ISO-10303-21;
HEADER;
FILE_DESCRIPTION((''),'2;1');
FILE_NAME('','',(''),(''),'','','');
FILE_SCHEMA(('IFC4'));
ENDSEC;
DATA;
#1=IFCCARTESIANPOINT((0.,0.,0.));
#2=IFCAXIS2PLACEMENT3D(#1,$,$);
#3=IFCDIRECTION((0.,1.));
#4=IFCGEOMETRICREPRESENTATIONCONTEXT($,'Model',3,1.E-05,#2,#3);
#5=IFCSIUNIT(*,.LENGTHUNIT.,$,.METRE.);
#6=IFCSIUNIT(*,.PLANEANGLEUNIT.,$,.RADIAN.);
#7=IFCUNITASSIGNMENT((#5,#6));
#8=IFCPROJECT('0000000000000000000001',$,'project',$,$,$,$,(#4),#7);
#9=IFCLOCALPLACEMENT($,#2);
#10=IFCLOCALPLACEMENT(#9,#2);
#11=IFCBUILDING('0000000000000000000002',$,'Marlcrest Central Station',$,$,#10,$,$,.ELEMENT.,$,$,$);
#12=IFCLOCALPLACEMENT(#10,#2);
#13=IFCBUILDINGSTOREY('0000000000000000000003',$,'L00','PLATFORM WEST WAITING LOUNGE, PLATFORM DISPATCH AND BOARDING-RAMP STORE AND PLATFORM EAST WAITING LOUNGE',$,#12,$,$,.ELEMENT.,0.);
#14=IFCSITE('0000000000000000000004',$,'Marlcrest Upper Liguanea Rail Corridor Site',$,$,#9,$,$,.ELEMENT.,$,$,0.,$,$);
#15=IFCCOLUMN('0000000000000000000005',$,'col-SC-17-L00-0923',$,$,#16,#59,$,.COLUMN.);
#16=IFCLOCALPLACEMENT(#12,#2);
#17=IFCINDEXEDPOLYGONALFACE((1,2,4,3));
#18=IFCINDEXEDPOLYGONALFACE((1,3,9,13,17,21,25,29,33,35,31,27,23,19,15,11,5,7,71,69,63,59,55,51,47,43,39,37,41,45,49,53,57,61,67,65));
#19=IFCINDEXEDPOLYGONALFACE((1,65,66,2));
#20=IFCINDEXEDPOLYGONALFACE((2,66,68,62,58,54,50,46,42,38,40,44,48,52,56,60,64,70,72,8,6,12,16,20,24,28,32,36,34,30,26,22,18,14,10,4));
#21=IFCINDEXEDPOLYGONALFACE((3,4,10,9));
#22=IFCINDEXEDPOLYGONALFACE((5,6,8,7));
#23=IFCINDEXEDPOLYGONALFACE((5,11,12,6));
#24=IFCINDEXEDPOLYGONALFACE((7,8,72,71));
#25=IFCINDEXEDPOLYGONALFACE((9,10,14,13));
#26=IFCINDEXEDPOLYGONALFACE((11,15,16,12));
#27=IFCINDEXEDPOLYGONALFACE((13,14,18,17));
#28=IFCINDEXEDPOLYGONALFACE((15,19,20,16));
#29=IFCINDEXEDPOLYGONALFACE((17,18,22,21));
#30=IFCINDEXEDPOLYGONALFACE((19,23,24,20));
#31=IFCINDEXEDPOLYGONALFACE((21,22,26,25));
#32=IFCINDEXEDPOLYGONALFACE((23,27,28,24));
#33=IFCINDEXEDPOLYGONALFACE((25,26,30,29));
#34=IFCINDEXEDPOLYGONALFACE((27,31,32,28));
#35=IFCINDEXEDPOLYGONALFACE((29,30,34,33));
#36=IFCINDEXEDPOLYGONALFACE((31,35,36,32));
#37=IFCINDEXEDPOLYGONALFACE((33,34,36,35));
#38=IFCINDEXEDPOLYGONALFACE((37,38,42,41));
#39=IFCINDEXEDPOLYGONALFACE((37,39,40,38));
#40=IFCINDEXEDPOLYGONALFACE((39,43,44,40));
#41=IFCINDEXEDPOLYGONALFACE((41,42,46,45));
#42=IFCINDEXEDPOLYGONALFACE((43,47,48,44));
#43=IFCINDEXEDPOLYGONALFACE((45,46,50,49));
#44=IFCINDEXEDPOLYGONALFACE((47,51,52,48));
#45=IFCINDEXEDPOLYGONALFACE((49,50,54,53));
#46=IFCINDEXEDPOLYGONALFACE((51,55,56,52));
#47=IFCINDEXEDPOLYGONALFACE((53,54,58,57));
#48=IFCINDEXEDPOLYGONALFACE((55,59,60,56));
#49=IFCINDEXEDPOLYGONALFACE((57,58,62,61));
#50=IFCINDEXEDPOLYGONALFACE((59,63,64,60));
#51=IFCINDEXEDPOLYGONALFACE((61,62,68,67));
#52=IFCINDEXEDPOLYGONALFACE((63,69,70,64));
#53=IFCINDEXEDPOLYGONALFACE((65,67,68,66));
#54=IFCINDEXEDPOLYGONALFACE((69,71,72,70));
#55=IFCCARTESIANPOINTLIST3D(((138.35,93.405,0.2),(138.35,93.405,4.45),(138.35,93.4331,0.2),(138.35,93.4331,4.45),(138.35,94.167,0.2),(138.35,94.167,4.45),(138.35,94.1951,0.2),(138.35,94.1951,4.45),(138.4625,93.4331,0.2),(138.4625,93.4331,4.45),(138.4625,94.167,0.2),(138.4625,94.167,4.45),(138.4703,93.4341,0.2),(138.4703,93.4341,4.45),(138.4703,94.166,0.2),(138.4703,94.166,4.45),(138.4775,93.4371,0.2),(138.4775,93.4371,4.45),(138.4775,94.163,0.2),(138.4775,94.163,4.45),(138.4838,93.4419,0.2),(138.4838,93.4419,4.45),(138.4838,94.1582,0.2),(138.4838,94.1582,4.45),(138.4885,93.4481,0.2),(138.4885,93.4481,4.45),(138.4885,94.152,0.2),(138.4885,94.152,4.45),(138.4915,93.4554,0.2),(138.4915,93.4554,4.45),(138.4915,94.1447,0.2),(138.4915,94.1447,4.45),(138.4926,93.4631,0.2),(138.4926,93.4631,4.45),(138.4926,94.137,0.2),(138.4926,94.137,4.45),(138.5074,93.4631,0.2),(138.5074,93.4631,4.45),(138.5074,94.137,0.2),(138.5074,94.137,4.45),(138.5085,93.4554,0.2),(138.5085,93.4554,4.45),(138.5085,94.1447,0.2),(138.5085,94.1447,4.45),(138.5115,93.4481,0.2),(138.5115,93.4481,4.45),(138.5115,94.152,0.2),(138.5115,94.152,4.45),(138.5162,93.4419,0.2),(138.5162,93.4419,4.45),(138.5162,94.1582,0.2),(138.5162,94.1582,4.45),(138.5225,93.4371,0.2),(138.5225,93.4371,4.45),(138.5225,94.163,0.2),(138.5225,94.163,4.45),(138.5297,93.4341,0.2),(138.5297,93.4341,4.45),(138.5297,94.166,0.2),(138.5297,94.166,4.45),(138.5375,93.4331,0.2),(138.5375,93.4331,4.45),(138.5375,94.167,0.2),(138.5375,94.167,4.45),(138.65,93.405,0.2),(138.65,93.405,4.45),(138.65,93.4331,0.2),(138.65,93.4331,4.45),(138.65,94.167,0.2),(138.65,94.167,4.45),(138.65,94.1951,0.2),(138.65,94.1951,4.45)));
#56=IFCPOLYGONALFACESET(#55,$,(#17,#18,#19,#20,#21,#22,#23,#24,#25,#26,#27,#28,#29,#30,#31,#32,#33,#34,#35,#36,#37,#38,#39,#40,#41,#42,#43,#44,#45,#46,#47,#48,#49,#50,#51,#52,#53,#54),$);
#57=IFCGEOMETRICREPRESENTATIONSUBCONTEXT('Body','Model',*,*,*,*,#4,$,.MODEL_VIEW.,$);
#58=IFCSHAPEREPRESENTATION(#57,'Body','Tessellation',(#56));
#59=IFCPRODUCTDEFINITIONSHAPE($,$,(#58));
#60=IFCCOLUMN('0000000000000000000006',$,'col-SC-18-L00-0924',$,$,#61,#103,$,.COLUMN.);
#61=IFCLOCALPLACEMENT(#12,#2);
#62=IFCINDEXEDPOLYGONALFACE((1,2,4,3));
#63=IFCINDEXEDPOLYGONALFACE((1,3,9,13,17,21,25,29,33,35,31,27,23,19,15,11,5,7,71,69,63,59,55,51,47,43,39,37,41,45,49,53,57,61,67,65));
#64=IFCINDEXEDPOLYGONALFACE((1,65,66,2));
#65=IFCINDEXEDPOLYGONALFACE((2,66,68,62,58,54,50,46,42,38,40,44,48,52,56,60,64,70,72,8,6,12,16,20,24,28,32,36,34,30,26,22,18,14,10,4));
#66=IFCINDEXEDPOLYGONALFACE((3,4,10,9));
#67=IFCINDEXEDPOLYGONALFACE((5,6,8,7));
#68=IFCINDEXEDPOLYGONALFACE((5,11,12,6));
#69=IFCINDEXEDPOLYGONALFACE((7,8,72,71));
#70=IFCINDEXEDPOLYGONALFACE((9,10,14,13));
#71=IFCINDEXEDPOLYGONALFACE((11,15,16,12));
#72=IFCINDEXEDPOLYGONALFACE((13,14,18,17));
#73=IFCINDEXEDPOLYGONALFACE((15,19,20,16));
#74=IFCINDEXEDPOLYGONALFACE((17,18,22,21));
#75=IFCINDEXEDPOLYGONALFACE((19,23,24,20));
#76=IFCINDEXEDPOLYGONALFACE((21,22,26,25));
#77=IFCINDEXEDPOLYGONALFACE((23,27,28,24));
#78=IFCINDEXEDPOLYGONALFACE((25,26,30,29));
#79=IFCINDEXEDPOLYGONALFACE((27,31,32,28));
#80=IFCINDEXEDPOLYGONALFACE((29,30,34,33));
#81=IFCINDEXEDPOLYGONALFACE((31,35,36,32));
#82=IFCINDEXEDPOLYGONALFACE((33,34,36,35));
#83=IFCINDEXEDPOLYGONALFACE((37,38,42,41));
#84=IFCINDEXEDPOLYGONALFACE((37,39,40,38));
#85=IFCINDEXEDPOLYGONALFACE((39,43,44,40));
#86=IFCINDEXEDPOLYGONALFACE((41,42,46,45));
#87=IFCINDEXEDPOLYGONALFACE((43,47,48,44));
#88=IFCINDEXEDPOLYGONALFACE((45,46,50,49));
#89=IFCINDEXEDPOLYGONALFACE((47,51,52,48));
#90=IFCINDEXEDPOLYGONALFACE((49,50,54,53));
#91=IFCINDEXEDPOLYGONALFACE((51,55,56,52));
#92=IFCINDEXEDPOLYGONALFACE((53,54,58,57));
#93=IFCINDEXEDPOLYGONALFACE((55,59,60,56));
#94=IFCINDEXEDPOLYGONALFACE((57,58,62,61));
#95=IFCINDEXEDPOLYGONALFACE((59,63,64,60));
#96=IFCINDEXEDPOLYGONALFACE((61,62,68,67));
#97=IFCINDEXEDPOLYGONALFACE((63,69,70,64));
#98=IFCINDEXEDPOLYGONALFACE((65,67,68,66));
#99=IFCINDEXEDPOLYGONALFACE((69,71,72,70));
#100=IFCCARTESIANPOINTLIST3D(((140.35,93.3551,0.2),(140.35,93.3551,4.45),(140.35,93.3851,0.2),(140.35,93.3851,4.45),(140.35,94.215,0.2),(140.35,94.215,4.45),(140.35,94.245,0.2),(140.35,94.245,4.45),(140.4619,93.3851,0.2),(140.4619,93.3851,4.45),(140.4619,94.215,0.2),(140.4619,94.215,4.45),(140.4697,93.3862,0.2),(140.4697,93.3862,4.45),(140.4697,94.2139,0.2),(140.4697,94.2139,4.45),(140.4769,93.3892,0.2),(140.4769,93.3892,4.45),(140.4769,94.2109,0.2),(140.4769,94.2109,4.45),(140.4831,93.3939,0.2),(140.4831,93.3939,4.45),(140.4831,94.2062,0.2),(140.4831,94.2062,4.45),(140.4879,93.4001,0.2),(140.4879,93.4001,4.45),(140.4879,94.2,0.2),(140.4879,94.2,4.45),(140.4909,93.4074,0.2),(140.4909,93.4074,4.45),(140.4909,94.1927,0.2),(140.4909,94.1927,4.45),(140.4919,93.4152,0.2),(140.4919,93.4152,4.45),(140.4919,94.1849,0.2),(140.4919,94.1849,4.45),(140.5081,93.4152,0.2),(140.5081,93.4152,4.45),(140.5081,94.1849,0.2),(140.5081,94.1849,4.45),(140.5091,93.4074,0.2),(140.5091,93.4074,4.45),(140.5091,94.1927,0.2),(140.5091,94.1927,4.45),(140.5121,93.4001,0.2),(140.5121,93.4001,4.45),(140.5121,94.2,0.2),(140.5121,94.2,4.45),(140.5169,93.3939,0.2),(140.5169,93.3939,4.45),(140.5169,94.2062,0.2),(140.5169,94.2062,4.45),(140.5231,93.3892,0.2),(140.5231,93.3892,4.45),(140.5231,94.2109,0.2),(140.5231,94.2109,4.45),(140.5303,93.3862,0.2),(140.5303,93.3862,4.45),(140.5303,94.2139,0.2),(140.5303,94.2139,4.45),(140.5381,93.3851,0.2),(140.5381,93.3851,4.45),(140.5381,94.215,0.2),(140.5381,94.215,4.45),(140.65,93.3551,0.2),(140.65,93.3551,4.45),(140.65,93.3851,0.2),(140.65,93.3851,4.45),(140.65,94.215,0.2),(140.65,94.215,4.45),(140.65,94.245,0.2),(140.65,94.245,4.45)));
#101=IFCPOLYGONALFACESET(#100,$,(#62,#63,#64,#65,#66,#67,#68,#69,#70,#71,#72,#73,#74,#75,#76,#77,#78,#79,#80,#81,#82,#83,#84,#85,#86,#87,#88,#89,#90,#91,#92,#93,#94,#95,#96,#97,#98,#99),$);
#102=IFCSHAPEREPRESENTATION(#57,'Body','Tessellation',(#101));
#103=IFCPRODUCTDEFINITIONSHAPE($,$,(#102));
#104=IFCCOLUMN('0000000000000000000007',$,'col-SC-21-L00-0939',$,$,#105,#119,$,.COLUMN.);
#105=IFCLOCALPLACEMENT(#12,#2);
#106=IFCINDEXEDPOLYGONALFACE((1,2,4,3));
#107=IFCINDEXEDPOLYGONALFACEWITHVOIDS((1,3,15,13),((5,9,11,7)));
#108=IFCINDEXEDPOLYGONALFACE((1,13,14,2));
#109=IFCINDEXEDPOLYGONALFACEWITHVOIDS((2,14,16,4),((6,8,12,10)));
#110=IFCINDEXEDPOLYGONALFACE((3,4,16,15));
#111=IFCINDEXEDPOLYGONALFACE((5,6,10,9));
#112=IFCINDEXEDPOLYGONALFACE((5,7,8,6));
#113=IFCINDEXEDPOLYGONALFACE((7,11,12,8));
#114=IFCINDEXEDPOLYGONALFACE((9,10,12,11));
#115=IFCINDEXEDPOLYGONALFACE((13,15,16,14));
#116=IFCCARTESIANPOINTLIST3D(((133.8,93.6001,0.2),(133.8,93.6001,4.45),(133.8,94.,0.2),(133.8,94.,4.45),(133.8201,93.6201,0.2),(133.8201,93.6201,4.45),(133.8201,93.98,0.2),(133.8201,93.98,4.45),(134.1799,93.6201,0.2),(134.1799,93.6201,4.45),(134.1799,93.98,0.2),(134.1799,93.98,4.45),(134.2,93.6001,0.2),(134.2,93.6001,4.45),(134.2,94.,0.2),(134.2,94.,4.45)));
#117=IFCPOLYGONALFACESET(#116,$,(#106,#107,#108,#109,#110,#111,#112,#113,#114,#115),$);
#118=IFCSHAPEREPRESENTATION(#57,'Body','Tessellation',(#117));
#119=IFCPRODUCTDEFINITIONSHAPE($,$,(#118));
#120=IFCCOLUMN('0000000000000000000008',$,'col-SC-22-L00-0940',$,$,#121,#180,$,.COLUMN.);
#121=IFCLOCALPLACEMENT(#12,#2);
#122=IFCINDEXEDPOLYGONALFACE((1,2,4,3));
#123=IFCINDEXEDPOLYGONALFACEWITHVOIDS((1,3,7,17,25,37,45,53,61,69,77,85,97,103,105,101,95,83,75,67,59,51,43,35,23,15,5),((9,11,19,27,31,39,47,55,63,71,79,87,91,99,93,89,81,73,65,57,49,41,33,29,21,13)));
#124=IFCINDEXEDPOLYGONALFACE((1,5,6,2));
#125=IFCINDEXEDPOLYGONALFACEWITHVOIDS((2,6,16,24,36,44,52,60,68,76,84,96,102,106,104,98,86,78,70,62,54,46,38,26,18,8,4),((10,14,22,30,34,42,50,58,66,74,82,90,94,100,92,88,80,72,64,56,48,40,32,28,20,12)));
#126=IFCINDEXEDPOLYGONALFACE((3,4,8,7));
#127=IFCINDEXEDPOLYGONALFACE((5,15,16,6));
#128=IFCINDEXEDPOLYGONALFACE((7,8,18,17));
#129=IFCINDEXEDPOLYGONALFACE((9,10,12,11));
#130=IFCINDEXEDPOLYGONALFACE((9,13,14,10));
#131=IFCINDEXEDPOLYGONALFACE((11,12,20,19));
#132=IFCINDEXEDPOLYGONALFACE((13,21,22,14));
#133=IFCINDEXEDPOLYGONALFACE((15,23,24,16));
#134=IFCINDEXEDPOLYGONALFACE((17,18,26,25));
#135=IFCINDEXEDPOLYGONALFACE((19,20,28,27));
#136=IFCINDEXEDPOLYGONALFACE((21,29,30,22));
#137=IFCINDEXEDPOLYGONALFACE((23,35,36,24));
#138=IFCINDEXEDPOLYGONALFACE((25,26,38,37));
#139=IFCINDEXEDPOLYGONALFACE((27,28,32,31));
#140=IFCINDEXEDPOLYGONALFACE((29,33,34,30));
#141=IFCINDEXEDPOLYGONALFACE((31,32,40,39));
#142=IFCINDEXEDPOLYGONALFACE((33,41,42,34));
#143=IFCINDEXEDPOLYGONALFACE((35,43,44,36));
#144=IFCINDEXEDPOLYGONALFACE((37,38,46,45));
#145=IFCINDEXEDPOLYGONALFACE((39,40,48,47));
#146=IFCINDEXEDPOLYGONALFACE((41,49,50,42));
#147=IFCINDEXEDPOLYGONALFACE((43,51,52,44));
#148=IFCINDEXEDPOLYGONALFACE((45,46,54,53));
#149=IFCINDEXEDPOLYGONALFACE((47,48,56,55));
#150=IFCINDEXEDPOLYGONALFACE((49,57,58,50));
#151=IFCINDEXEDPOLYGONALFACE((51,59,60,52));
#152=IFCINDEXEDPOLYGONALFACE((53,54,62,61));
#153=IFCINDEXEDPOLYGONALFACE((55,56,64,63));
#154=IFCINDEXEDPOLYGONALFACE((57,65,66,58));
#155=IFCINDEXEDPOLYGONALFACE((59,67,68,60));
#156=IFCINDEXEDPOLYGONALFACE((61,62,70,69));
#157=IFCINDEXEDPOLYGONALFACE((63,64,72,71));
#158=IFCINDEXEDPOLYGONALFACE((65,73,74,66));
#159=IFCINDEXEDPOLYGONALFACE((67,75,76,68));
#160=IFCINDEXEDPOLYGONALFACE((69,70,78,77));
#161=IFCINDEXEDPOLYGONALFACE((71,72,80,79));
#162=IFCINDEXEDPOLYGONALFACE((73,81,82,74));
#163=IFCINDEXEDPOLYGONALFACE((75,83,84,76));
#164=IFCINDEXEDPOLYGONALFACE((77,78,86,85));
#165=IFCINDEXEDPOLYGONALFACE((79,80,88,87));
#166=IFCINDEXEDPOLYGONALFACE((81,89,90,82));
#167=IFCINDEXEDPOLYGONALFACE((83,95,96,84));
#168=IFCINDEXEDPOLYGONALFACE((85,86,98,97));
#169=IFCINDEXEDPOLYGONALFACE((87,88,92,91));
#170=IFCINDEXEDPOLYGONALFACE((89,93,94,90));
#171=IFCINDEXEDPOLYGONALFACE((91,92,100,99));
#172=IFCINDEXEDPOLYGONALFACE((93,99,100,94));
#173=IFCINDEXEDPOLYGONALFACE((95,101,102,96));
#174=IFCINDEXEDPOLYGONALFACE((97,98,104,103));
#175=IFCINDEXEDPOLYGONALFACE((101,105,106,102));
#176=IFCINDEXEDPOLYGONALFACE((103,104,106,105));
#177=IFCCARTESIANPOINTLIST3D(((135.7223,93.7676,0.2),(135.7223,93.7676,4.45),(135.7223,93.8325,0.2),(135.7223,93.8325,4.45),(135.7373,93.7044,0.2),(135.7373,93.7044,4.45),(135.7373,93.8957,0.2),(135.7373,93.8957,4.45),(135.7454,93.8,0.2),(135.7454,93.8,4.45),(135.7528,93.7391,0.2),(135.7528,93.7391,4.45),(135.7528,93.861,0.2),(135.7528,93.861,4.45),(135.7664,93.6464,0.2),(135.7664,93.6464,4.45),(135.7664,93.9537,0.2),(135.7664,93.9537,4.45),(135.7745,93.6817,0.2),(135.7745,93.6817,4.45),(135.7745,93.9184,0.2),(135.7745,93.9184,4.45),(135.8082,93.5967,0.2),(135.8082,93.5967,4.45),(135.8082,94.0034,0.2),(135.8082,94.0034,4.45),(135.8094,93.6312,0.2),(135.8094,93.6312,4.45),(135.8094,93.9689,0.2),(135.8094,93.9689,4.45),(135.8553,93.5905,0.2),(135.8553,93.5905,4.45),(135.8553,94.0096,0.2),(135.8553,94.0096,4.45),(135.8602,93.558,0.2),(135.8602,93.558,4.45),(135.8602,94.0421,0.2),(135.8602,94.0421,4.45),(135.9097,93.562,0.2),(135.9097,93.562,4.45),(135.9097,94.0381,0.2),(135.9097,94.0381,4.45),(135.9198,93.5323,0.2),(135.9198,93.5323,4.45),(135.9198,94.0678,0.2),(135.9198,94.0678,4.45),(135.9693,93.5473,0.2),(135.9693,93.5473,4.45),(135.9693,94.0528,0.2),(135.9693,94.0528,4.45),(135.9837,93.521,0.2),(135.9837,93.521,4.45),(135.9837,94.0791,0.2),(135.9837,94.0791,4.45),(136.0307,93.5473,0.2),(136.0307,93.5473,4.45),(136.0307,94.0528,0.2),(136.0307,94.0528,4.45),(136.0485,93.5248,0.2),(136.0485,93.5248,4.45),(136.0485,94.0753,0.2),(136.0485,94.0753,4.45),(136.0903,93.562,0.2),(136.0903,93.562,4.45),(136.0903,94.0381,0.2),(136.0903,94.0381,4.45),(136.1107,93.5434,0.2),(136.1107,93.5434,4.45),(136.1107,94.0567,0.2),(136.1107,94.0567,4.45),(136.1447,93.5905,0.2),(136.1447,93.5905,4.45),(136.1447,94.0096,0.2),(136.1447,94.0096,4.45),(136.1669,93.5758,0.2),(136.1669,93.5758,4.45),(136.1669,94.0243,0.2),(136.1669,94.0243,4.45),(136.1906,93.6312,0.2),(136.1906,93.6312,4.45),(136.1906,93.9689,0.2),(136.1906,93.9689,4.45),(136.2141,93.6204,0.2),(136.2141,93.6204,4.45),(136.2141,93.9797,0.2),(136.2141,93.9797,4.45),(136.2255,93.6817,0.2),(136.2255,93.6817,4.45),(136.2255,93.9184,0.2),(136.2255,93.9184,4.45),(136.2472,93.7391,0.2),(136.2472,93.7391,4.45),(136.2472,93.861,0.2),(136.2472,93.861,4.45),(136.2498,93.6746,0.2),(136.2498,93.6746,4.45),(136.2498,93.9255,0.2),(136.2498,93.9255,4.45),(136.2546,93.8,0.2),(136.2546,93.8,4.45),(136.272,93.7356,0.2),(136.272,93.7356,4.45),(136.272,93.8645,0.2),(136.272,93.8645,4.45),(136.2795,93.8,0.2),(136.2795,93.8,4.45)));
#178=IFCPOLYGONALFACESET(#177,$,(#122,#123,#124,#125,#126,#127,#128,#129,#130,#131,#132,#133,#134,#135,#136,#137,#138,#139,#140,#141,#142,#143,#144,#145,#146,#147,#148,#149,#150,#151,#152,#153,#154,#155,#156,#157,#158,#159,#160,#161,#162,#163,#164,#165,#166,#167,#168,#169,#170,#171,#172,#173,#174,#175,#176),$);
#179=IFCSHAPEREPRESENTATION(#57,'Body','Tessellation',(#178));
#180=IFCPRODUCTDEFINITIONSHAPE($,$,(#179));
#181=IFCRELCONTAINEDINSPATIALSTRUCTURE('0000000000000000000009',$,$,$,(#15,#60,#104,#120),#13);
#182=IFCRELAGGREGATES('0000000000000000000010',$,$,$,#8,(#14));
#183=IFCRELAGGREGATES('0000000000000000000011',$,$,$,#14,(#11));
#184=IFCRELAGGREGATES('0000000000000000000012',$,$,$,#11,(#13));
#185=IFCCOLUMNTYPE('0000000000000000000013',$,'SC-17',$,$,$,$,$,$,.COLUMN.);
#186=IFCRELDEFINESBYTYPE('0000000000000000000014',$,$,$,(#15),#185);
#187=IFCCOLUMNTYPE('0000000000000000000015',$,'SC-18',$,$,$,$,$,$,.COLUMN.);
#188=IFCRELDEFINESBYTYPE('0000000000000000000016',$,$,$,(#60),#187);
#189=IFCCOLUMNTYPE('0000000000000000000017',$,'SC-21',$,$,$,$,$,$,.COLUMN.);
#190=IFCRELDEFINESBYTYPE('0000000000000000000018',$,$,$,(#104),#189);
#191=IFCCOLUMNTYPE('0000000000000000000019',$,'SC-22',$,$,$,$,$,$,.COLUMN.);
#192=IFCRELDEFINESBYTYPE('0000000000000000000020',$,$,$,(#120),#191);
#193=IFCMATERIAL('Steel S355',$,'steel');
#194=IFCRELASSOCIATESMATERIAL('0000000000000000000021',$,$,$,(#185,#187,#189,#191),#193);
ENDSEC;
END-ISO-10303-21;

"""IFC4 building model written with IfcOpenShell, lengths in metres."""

from ifc_helpers import new_model, si_unit, direction, frame, origin, origin_2d, place, context, subcontext, project, spatial, hollow_rectangle, hollow_circle, i_section, extrude, material, material_profile, profile_set, type_object, element, save


model = new_model("IFC4")

# Units and contexts
model_context = context("Model", 3, precision=1e-05, world=origin(), true_north=direction((0.0, 1.0)))
body_context = subcontext(model_context, "Body", "Model", "MODEL_VIEW")
ifc_project = project(units=[si_unit("LENGTHUNIT", "METRE"), si_unit("PLANEANGLEUNIT", "RADIAN")], contexts=[model_context])

# Site, building, storey
site_placement = place(None, origin())
site = spatial("IfcSite", under=ifc_project, at=site_placement, Name="Marlcrest Upper Liguanea Rail Corridor Site", CompositionType="ELEMENT", RefElevation=0.0)
building_placement = place(site_placement, origin())
building = spatial("IfcBuilding", under=site, at=building_placement, Name="Marlcrest Central Station", CompositionType="ELEMENT")
storey_placement = place(building_placement, origin())
storey = spatial("IfcBuildingStorey", under=building, at=storey_placement, Name="L00", Description="PLATFORM WEST WAITING LOUNGE, PLATFORM DISPATCH AND BOARDING-RAMP STORE AND PLATFORM EAST WAITING LOUNGE", CompositionType="ELEMENT", Elevation=0.0)

# Columns
ifc_material_1 = material(Name="Steel S355", Category="steel")
ifc_material_profile_1 = material_profile(ifc_material_1, i_section(OverallWidth=0.3, OverallDepth=0.79, WebThickness=0.0149, FlangeThickness=0.0281, FilletRadius=0.03, at=origin_2d()), Name="HEA 800")
ifc_profile_set_1 = profile_set([ifc_material_profile_1], Name="Steel S355")
column_type_1 = type_object("IfcColumnType", Name="SC-17", PredefinedType="COLUMN", material=ifc_profile_set_1)
column_1_placement = place(storey_placement, frame((138.5, 93.8, 0.2), z_axis=(0.0, 0.0, 1.0), x_axis=(1.0, 0.0, 0.0)))
element("IfcColumn", 1, at=column_1_placement, inside=storey, type_object=column_type_1, Name="col-SC-17-L00-0923", PredefinedType="COLUMN", context=body_context, shape_type="SweptSolid", body=[
    extrude(i_section(OverallWidth=0.3, OverallDepth=0.79, WebThickness=0.0149, FlangeThickness=0.0281, FilletRadius=0.03, at=origin_2d()), origin(), (0.0, 0.0, 1.0), 4.25),
])
ifc_material_profile_2 = material_profile(ifc_material_1, i_section(OverallWidth=0.3, OverallDepth=0.8899, WebThickness=0.0161, FlangeThickness=0.03, FilletRadius=0.03, at=origin_2d()), Name="HEA 900")
ifc_profile_set_2 = profile_set([ifc_material_profile_2], Name="Steel S355")
column_type_2 = type_object("IfcColumnType", Name="SC-18", PredefinedType="COLUMN", material=ifc_profile_set_2)
column_2_placement = place(storey_placement, frame((140.5, 93.8, 0.2), z_axis=(0.0, 0.0, 1.0), x_axis=(1.0, 0.0, 0.0)))
element("IfcColumn", 2, at=column_2_placement, inside=storey, type_object=column_type_2, Name="col-SC-18-L00-0924", PredefinedType="COLUMN", context=body_context, shape_type="SweptSolid", body=[
    extrude(i_section(OverallWidth=0.3, OverallDepth=0.8899, WebThickness=0.0161, FlangeThickness=0.03, FilletRadius=0.03, at=origin_2d()), origin(), (0.0, 0.0, 1.0), 4.25),
])
ifc_material_profile_3 = material_profile(ifc_material_1, hollow_rectangle(XDim=0.3999, YDim=0.3999, WallThickness=0.02, at=origin_2d()), Name="SHS 400x400x20")
ifc_profile_set_3 = profile_set([ifc_material_profile_3], Name="Steel S355")
column_type_3 = type_object("IfcColumnType", Name="SC-21", PredefinedType="COLUMN", material=ifc_profile_set_3)
column_3_placement = place(storey_placement, frame((134.0, 93.8, 0.2), z_axis=(0.0, 0.0, 1.0), x_axis=(1.0, 0.0, 0.0)))
element("IfcColumn", 3, at=column_3_placement, inside=storey, type_object=column_type_3, Name="col-SC-21-L00-0939", PredefinedType="COLUMN", context=body_context, shape_type="SweptSolid", body=[
    extrude(hollow_rectangle(XDim=0.3999, YDim=0.3999, WallThickness=0.02, at=origin_2d()), origin(), (0.0, 0.0, 1.0), 4.25),
])
ifc_material_profile_4 = material_profile(ifc_material_1, hollow_circle(Radius=0.2795, WallThickness=0.0249, at=origin_2d()), Name="CHS 559x25")
ifc_profile_set_4 = profile_set([ifc_material_profile_4], Name="Steel S355")
column_type_4 = type_object("IfcColumnType", Name="SC-22", PredefinedType="COLUMN", material=ifc_profile_set_4)
column_4_placement = place(storey_placement, frame((136.0, 93.8, 0.2), z_axis=(0.0, 0.0, 1.0), x_axis=(1.0, 0.0, 0.0)))
element("IfcColumn", 4, at=column_4_placement, inside=storey, type_object=column_type_4, Name="col-SC-22-L00-0940", PredefinedType="COLUMN", context=body_context, shape_type="SweptSolid", body=[
    extrude(hollow_circle(Radius=0.2795, WallThickness=0.0249, at=origin_2d()), origin(), (0.0, 0.0, 1.0), 4.25),
])

save(model, "model.ifc")
